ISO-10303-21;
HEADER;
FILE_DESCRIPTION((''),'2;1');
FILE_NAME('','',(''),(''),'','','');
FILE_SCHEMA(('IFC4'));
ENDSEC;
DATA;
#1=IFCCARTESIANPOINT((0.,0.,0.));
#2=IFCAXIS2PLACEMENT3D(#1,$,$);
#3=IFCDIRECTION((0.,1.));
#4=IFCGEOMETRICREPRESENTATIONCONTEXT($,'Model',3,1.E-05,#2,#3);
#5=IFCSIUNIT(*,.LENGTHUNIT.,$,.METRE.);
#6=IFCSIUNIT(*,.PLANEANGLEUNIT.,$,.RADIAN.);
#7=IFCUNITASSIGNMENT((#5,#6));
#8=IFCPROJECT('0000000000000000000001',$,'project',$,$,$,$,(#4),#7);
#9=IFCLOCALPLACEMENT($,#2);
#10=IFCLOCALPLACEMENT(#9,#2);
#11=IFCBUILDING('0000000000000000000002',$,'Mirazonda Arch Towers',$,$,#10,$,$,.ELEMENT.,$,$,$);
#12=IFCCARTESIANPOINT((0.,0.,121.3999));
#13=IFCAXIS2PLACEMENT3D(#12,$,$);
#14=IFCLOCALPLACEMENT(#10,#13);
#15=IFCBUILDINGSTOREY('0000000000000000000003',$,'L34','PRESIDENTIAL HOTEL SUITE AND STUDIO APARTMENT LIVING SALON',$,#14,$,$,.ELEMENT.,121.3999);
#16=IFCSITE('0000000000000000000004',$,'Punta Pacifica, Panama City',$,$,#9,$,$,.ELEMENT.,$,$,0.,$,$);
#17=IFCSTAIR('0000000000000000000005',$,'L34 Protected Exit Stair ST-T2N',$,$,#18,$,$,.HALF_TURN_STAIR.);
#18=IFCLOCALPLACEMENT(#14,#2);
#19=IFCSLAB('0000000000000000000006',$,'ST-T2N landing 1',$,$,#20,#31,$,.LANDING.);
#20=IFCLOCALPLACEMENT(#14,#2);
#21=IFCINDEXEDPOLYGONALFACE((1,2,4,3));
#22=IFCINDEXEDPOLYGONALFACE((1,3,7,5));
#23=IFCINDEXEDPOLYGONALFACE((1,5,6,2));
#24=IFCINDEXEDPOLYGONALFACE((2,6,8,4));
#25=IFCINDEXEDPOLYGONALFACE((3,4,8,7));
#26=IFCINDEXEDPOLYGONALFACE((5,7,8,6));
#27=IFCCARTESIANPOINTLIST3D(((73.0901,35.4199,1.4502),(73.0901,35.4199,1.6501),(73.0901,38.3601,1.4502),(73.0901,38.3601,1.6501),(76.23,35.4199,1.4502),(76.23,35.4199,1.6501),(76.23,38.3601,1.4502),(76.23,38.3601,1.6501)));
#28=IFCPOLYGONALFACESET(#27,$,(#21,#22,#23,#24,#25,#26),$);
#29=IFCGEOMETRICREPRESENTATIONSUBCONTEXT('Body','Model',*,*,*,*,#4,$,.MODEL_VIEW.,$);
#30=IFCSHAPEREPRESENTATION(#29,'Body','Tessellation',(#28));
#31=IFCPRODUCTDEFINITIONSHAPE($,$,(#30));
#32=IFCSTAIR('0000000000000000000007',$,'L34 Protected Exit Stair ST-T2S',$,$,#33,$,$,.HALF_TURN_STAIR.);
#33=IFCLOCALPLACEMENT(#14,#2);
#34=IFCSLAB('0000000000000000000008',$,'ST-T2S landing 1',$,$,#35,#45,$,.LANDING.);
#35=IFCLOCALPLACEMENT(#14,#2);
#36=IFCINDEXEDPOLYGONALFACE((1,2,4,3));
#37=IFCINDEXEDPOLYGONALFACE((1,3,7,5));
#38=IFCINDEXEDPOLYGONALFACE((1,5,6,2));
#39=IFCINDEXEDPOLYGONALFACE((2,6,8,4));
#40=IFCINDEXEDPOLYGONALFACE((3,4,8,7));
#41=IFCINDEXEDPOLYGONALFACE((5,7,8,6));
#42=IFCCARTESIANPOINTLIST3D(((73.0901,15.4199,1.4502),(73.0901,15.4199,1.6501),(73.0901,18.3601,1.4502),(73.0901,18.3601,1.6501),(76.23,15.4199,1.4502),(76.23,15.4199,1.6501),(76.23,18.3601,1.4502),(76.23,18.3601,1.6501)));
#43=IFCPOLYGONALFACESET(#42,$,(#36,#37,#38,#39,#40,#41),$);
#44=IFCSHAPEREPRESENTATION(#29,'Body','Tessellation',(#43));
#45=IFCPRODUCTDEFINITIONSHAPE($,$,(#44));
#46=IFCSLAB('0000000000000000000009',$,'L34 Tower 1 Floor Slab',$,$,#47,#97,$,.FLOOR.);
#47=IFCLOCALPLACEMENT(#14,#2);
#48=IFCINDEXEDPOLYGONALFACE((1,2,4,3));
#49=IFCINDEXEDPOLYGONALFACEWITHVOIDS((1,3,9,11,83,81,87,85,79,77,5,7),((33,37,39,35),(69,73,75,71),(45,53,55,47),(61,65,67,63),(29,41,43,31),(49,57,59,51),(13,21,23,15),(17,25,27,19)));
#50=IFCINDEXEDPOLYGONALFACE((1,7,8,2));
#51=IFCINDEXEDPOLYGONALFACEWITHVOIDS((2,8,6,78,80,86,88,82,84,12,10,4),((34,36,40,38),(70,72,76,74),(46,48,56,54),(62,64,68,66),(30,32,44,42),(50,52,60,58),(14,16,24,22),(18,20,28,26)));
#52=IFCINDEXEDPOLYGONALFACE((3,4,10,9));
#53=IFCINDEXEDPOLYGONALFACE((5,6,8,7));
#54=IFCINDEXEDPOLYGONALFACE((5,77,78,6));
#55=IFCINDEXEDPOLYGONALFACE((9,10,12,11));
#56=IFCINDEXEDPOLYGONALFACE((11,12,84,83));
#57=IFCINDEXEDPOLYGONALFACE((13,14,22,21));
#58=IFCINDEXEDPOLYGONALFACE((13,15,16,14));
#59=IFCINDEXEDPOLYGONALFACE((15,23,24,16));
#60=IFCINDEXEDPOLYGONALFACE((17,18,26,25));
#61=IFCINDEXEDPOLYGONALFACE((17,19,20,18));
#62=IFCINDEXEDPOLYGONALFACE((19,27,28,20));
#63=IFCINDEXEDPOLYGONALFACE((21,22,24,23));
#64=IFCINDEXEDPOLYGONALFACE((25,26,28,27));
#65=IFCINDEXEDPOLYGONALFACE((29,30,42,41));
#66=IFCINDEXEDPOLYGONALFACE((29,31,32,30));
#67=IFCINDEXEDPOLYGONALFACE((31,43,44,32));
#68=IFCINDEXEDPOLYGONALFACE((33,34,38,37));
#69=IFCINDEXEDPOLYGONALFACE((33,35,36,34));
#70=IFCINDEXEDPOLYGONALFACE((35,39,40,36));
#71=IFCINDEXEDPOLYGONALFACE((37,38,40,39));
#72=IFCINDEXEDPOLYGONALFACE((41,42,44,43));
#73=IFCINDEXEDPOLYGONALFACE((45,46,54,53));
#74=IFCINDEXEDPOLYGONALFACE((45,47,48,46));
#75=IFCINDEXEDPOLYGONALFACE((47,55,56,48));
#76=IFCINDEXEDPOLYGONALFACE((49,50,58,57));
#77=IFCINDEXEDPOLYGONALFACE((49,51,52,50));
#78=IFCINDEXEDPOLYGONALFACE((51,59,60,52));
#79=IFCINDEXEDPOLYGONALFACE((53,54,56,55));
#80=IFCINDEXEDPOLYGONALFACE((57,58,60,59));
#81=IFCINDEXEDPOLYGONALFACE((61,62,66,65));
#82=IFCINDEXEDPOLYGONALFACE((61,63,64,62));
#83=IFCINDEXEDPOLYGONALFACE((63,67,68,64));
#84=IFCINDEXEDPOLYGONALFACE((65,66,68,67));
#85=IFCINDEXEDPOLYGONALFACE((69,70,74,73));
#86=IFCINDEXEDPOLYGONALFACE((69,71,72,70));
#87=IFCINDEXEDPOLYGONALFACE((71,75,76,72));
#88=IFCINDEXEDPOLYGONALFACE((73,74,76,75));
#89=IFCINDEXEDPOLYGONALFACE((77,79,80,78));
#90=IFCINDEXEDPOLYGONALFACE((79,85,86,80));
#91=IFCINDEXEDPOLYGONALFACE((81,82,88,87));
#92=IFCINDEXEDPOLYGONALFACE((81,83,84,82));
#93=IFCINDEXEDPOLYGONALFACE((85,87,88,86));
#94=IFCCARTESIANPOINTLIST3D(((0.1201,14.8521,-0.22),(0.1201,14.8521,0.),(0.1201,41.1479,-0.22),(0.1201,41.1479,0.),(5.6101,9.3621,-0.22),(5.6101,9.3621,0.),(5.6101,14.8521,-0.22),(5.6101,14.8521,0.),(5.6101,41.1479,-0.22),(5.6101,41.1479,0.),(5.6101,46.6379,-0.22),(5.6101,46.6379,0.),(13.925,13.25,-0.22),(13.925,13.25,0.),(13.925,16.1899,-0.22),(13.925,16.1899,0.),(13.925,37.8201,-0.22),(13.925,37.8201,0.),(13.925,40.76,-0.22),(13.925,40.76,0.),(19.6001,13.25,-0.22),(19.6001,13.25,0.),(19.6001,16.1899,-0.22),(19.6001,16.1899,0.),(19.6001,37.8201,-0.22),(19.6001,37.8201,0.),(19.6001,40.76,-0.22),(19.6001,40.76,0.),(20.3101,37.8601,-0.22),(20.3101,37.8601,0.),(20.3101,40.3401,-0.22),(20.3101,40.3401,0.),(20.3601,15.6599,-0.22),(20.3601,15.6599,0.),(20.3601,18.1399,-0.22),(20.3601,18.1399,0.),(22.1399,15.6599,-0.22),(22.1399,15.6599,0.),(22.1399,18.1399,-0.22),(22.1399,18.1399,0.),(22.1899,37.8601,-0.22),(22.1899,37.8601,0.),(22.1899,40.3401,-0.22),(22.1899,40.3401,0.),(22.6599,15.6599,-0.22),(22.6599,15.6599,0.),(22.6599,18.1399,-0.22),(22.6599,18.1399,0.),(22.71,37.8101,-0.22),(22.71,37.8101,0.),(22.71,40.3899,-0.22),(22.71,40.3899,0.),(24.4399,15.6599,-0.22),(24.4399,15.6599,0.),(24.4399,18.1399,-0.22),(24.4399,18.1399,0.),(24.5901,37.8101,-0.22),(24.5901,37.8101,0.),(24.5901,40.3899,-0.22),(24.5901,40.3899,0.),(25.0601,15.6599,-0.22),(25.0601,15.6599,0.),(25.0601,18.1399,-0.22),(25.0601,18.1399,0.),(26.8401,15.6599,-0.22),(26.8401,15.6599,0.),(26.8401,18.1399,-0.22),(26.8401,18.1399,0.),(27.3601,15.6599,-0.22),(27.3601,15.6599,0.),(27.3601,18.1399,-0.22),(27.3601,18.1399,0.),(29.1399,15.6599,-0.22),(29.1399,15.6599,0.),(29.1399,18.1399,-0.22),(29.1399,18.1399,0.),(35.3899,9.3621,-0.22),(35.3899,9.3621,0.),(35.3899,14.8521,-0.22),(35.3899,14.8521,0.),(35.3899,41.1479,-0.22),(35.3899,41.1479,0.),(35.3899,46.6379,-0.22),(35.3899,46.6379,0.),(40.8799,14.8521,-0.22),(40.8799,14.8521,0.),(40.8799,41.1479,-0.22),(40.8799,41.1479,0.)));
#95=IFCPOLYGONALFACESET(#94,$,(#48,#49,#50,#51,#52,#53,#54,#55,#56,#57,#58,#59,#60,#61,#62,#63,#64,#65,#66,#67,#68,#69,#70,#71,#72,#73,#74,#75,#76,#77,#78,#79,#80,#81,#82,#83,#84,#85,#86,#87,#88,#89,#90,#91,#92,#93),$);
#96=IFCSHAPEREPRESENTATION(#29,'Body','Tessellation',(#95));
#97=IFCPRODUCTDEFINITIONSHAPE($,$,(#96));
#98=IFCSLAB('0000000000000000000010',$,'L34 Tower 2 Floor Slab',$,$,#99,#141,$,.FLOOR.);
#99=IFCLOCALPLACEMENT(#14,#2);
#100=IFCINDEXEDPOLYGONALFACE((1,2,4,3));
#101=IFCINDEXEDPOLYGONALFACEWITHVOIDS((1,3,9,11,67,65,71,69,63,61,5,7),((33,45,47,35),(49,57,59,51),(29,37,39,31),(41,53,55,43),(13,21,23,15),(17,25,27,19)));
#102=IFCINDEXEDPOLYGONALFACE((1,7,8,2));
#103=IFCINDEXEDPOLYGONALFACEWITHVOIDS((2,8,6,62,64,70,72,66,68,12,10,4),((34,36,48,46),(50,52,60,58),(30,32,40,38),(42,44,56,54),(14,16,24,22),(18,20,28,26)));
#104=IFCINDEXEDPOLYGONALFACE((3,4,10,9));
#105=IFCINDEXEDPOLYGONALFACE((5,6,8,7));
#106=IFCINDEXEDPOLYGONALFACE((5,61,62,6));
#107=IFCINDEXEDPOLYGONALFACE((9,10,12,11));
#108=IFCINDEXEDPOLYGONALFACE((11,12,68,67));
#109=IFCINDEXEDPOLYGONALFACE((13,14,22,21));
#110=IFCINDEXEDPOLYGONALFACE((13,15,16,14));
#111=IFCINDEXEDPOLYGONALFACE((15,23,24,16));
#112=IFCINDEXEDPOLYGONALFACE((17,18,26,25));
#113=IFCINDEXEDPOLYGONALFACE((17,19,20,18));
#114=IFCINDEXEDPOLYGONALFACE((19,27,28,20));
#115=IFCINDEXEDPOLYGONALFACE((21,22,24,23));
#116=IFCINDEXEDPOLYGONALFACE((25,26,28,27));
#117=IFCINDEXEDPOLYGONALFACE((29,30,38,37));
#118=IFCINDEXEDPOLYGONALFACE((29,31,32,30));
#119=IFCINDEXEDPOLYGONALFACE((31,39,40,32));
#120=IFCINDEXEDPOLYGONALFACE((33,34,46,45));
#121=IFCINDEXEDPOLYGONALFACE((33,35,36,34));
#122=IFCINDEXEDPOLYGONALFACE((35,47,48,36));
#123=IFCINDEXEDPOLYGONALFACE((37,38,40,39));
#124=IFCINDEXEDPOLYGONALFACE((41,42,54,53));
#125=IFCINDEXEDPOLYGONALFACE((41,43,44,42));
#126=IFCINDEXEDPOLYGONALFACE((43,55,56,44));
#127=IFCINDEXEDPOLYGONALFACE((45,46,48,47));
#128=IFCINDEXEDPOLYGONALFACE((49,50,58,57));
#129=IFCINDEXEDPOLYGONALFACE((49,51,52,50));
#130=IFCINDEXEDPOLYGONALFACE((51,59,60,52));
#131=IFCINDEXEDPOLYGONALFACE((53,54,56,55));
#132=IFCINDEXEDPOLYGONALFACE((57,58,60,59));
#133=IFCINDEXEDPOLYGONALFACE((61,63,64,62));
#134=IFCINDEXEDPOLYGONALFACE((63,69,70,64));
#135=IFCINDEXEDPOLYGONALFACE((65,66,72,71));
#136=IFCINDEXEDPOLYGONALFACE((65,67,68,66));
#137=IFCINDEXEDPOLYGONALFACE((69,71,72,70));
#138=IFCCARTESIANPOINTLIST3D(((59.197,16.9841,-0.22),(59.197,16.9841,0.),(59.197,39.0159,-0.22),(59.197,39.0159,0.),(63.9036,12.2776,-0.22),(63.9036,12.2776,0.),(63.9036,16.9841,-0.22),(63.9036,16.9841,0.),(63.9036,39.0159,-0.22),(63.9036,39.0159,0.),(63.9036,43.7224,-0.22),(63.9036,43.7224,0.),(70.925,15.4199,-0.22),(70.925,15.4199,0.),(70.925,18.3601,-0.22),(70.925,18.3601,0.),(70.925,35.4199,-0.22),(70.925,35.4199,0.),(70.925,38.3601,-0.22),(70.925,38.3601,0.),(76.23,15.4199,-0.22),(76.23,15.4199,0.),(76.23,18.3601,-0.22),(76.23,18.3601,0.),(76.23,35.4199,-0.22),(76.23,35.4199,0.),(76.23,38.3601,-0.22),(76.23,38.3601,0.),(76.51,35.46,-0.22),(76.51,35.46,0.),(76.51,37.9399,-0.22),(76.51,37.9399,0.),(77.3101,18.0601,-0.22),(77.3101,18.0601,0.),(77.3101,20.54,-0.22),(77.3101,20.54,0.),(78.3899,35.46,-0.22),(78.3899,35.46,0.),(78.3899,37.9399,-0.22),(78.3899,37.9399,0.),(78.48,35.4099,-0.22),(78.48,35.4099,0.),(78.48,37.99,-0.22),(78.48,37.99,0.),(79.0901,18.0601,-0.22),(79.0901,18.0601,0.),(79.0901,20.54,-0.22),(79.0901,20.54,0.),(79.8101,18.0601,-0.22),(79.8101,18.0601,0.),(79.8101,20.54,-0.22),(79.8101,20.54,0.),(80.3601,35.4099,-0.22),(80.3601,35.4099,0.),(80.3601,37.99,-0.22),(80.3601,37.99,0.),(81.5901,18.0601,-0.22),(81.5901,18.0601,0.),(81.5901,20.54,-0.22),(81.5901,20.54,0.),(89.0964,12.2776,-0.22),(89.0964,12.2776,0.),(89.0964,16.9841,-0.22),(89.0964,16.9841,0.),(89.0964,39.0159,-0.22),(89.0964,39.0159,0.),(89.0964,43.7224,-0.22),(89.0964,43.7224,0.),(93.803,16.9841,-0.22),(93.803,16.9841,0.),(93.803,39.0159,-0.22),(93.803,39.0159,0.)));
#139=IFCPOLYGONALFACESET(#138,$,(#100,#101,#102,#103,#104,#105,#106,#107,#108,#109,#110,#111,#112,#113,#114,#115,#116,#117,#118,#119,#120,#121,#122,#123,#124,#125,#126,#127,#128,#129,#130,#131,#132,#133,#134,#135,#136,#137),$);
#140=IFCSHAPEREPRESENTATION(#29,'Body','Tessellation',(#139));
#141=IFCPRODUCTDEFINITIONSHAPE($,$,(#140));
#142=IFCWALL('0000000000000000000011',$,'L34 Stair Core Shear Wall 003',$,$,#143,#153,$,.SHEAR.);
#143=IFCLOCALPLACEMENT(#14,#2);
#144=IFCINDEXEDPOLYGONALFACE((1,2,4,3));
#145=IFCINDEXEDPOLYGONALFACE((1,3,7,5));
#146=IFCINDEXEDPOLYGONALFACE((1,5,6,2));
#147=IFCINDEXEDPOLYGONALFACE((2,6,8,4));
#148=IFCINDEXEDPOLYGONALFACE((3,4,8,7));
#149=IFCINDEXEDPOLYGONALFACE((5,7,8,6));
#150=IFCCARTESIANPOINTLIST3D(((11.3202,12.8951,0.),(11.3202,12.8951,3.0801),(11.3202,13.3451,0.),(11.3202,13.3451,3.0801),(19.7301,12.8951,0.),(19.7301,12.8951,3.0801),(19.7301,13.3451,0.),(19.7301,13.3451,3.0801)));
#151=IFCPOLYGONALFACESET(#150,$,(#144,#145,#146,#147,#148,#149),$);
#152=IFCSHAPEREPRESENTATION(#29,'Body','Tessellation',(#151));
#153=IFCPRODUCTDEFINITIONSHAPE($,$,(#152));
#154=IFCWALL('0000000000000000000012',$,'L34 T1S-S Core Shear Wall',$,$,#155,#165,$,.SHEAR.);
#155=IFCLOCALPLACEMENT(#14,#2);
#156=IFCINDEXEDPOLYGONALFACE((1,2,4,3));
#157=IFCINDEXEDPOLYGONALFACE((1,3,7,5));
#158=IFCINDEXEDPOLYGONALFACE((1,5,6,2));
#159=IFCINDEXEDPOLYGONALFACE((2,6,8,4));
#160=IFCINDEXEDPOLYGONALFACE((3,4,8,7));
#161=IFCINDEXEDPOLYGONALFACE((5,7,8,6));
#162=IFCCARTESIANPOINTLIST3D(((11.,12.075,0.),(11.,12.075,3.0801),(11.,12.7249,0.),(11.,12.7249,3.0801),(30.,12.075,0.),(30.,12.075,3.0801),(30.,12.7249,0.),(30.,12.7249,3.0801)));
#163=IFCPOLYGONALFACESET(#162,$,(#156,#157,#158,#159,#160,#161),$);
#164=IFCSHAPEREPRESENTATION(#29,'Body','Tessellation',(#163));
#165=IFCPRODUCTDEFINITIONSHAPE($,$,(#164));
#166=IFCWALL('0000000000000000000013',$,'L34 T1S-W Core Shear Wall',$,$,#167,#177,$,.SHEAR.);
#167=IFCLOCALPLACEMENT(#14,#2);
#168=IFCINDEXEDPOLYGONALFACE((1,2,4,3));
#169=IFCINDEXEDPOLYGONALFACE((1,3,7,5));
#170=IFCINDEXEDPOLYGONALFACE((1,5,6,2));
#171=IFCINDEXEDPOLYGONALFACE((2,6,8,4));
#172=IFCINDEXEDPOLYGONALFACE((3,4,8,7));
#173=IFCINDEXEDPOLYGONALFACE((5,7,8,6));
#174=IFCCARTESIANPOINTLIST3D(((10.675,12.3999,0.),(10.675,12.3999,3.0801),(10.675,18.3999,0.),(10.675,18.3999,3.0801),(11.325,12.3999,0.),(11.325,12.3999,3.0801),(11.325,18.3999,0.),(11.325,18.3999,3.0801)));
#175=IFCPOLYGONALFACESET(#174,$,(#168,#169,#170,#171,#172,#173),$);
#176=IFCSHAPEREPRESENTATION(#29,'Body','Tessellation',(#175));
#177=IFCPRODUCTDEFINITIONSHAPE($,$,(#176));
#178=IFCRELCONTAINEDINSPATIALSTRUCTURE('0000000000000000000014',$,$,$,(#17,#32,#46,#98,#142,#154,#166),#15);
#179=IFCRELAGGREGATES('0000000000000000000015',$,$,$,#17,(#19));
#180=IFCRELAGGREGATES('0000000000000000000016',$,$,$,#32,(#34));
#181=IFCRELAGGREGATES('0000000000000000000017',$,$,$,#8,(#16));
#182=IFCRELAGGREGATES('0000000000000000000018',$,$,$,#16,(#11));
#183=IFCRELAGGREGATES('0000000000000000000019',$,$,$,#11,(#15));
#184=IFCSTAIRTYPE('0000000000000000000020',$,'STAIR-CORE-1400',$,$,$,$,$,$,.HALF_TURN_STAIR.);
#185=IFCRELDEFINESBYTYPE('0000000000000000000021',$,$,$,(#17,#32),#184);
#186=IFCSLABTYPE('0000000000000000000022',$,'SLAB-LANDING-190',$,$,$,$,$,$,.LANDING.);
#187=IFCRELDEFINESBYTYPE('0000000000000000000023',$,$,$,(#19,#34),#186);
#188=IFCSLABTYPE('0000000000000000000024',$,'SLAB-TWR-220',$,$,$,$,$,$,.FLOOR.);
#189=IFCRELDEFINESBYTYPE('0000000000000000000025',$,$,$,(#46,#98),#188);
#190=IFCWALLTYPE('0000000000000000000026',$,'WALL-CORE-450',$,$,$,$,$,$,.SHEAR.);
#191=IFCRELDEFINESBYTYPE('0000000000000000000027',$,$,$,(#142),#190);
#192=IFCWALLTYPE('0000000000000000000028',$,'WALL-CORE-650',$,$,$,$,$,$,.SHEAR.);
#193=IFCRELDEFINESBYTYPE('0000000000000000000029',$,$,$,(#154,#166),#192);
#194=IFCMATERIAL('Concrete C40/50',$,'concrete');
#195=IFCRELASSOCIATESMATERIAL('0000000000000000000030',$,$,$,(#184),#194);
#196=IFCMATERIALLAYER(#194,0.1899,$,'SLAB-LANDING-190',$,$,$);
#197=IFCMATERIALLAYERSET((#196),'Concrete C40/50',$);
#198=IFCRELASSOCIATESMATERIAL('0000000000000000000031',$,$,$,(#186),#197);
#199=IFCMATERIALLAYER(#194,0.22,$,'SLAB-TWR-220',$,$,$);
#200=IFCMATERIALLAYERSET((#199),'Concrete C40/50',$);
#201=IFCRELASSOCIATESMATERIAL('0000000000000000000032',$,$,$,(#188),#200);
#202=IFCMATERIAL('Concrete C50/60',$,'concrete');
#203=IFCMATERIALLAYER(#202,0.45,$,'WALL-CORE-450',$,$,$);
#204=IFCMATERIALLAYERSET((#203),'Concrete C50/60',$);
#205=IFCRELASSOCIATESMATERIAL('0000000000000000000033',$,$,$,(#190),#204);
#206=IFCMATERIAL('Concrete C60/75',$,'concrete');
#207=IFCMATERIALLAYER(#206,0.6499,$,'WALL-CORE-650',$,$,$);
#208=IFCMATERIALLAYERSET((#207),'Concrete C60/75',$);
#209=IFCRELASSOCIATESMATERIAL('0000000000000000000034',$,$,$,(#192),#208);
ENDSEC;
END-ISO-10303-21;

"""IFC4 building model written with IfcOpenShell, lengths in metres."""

from ifc_helpers import new_model, si_unit, direction, frame, frame_2d, origin, place, context, subcontext, project, spatial, polyline, rectangle, outline, extrude, material, layer, layer_set, type_object, element, aggregate, save


model = new_model("IFC4")

# Units and contexts
model_context = context("Model", 3, precision=1e-05, world=origin(), true_north=direction((0.0, 1.0)))
body_context = subcontext(model_context, "Body", "Model", "MODEL_VIEW")
ifc_project = project(units=[si_unit("LENGTHUNIT", "METRE"), si_unit("PLANEANGLEUNIT", "RADIAN")], contexts=[model_context])

# Site, building, storey
site_placement = place(None, origin())
site = spatial("IfcSite", under=ifc_project, at=site_placement, Name="Punta Pacifica, Panama City", CompositionType="ELEMENT", RefElevation=0.0)
building_placement = place(site_placement, origin())
building = spatial("IfcBuilding", under=site, at=building_placement, Name="Mirazonda Arch Towers", CompositionType="ELEMENT")
storey_placement = place(building_placement, frame((0.0, 0.0, 121.3999)))
storey = spatial("IfcBuildingStorey", under=building, at=storey_placement, Name="L34", Description="PRESIDENTIAL HOTEL SUITE AND STUDIO APARTMENT LIVING SALON", CompositionType="ELEMENT", Elevation=121.3999)

# Shared definitions
ifc_material_1 = material(Name="Concrete C50/60", Category="concrete")

# Stairs, slabs
ifc_material_2 = material(Name="Concrete C40/50", Category="concrete")
stair_type = type_object("IfcStairType", Name="STAIR-CORE-1400", PredefinedType="HALF_TURN_STAIR", material=ifc_material_2)
ifc_layer_1 = layer(ifc_material_2, 0.1899, Name="SLAB-LANDING-190")
ifc_layer_set_1 = layer_set([ifc_layer_1], Name="Concrete C40/50")
slab_type_1 = type_object("IfcSlabType", Name="SLAB-LANDING-190", PredefinedType="LANDING", material=ifc_layer_set_1)
stair_1_placement = place(storey_placement, origin())
stair_1 = element("IfcStair", 1, at=stair_1_placement, inside=storey, type_object=stair_type, Name="L34 Protected Exit Stair ST-T2N", PredefinedType="HALF_TURN_STAIR")
slab_1_placement = place(storey_placement, frame((0.0, 0.0, 1.4502)))
slab_1 = element("IfcSlab", 2, at=slab_1_placement, type_object=slab_type_1, Name="ST-T2N landing 1", PredefinedType="LANDING", context=body_context, shape_type="SweptSolid", body=[
    extrude(outline(polyline([(73.0901, 35.4199), (76.23, 35.4199), (76.23, 38.3601), (73.0901, 38.3601), (73.0901, 35.4199)])), origin(), (0.0, 0.0, 1.0), 0.2),
])
aggregate(stair_1, [slab_1])
stair_2_placement = place(storey_placement, origin())
stair_2 = element("IfcStair", 3, at=stair_2_placement, inside=storey, type_object=stair_type, Name="L34 Protected Exit Stair ST-T2S", PredefinedType="HALF_TURN_STAIR")
slab_2_placement = place(storey_placement, frame((0.0, 0.0, 1.4502)))
slab_2 = element("IfcSlab", 4, at=slab_2_placement, type_object=slab_type_1, Name="ST-T2S landing 1", PredefinedType="LANDING", context=body_context, shape_type="SweptSolid", body=[
    extrude(outline(polyline([(73.0901, 15.4199), (76.23, 15.4199), (76.23, 18.3601), (73.0901, 18.3601), (73.0901, 15.4199)])), origin(), (0.0, 0.0, 1.0), 0.2),
])
aggregate(stair_2, [slab_2])

# Slabs
ifc_layer_2 = layer(ifc_material_2, 0.22, Name="SLAB-TWR-220")
ifc_layer_set_2 = layer_set([ifc_layer_2], Name="Concrete C40/50")
slab_type_2 = type_object("IfcSlabType", Name="SLAB-TWR-220", PredefinedType="FLOOR", material=ifc_layer_set_2)
slab_3_placement = place(storey_placement, frame((0.0, 0.0, -0.22)))
element("IfcSlab", 5, at=slab_3_placement, inside=storey, type_object=slab_type_2, Name="L34 Tower 1 Floor Slab", PredefinedType="FLOOR", context=body_context, shape_type="SweptSolid", body=[
    extrude(outline(polyline([(5.6101, 9.3621), (35.3899, 9.3621), (35.3899, 14.8521), (40.8799, 14.8521), (40.8799, 41.1479), (35.3899, 41.1479), (35.3899, 46.6379), (5.6101, 46.6379), (5.6101, 41.1479), (0.1201, 41.1479), (0.1201, 14.8521), (5.6101, 14.8521), (5.6101, 9.3621)]), holes=[polyline([(27.3601, 18.1399), (29.1399, 18.1399), (29.1399, 15.6599), (27.3601, 15.6599), (27.3601, 18.1399)]), polyline([(25.0601, 18.1399), (26.8401, 18.1399), (26.8401, 15.6599), (25.0601, 15.6599), (25.0601, 18.1399)]), polyline([(22.71, 40.3899), (24.5901, 40.3899), (24.5901, 37.8101), (22.71, 37.8101), (22.71, 40.3899)]), polyline([(22.6599, 18.1399), (24.4399, 18.1399), (24.4399, 15.6599), (22.6599, 15.6599), (22.6599, 18.1399)]), polyline([(20.3101, 40.3401), (22.1899, 40.3401), (22.1899, 37.8601), (20.3101, 37.8601), (20.3101, 40.3401)]), polyline([(20.3601, 18.1399), (22.1399, 18.1399), (22.1399, 15.6599), (20.3601, 15.6599), (20.3601, 18.1399)]), polyline([(13.925, 13.25), (13.925, 16.1899), (19.6001, 16.1899), (19.6001, 13.25), (13.925, 13.25)]), polyline([(13.925, 37.8201), (13.925, 40.76), (19.6001, 40.76), (19.6001, 37.8201), (13.925, 37.8201)])]), origin(), (0.0, 0.0, 1.0), 0.22),
])
slab_4_placement = place(storey_placement, frame((0.0, 0.0, -0.22)))
element("IfcSlab", 6, at=slab_4_placement, inside=storey, type_object=slab_type_2, Name="L34 Tower 2 Floor Slab", PredefinedType="FLOOR", context=body_context, shape_type="SweptSolid", body=[
    extrude(outline(polyline([(63.9036, 12.2776), (89.0964, 12.2776), (89.0964, 16.9841), (93.803, 16.9841), (93.803, 39.0159), (89.0964, 39.0159), (89.0964, 43.7224), (63.9036, 43.7224), (63.9036, 39.0159), (59.197, 39.0159), (59.197, 16.9841), (63.9036, 16.9841), (63.9036, 12.2776)]), holes=[polyline([(79.8101, 20.54), (81.5901, 20.54), (81.5901, 18.0601), (79.8101, 18.0601), (79.8101, 20.54)]), polyline([(78.48, 37.99), (80.3601, 37.99), (80.3601, 35.4099), (78.48, 35.4099), (78.48, 37.99)]), polyline([(77.3101, 20.54), (79.0901, 20.54), (79.0901, 18.0601), (77.3101, 18.0601), (77.3101, 20.54)]), polyline([(76.51, 35.46), (76.51, 37.9399), (78.3899, 37.9399), (78.3899, 35.46), (76.51, 35.46)]), polyline([(76.23, 15.4199), (70.925, 15.4199), (70.925, 18.3601), (76.23, 18.3601), (76.23, 15.4199)]), polyline([(70.925, 35.4199), (70.925, 38.3601), (76.23, 38.3601), (76.23, 35.4199), (70.925, 35.4199)])]), origin(), (0.0, 0.0, 1.0), 0.22),
])

# Walls
ifc_layer_3 = layer(ifc_material_1, 0.45, Name="WALL-CORE-450")
ifc_layer_set_3 = layer_set([ifc_layer_3], Name="Concrete C50/60")
wall_type_1 = type_object("IfcWallType", Name="WALL-CORE-450", PredefinedType="SHEAR", material=ifc_layer_set_3)
wall_1_placement = place(storey_placement, frame((11.3201, 13.1201, 0.0), z_axis=(0.0, 0.0, 1.0), x_axis=(1.0, 0.0, 0.0)))
element("IfcWall", 7, at=wall_1_placement, inside=storey, type_object=wall_type_1, Name="L34 Stair Core Shear Wall 003", PredefinedType="SHEAR", context=body_context, shape_type="SweptSolid", body=[
    extrude(rectangle(XDim=8.4099, YDim=0.45, at=frame_2d((4.2051, 0.0))), origin(), (0.0, 0.0, 1.0), 3.0801),
])
ifc_material_3 = material(Name="Concrete C60/75", Category="concrete")
ifc_layer_4 = layer(ifc_material_3, 0.6499, Name="WALL-CORE-650")
ifc_layer_set_4 = layer_set([ifc_layer_4], Name="Concrete C60/75")
wall_type_2 = type_object("IfcWallType", Name="WALL-CORE-650", PredefinedType="SHEAR", material=ifc_layer_set_4)
wall_2_placement = place(storey_placement, frame((11.0, 12.3999, 0.0), z_axis=(0.0, 0.0, 1.0), x_axis=(1.0, 0.0, 0.0)))
element("IfcWall", 8, at=wall_2_placement, inside=storey, type_object=wall_type_2, Name="L34 T1S-S Core Shear Wall", PredefinedType="SHEAR", context=body_context, shape_type="SweptSolid", body=[
    extrude(rectangle(XDim=19.0, YDim=0.6499, at=frame_2d((9.5, 0.0))), origin(), (0.0, 0.0, 1.0), 3.0801),
])
wall_3_placement = place(storey_placement, frame((11.0, 12.3999, 0.0), z_axis=(0.0, 0.0, 1.0), x_axis=(0.0, 1.0, 0.0)))
element("IfcWall", 9, at=wall_3_placement, inside=storey, type_object=wall_type_2, Name="L34 T1S-W Core Shear Wall", PredefinedType="SHEAR", context=body_context, shape_type="SweptSolid", body=[
    extrude(rectangle(XDim=6.0, YDim=0.6499, at=frame_2d((3.0, 0.0))), origin(), (0.0, 0.0, 1.0), 3.0801),
])

save(model, "model.ifc")
